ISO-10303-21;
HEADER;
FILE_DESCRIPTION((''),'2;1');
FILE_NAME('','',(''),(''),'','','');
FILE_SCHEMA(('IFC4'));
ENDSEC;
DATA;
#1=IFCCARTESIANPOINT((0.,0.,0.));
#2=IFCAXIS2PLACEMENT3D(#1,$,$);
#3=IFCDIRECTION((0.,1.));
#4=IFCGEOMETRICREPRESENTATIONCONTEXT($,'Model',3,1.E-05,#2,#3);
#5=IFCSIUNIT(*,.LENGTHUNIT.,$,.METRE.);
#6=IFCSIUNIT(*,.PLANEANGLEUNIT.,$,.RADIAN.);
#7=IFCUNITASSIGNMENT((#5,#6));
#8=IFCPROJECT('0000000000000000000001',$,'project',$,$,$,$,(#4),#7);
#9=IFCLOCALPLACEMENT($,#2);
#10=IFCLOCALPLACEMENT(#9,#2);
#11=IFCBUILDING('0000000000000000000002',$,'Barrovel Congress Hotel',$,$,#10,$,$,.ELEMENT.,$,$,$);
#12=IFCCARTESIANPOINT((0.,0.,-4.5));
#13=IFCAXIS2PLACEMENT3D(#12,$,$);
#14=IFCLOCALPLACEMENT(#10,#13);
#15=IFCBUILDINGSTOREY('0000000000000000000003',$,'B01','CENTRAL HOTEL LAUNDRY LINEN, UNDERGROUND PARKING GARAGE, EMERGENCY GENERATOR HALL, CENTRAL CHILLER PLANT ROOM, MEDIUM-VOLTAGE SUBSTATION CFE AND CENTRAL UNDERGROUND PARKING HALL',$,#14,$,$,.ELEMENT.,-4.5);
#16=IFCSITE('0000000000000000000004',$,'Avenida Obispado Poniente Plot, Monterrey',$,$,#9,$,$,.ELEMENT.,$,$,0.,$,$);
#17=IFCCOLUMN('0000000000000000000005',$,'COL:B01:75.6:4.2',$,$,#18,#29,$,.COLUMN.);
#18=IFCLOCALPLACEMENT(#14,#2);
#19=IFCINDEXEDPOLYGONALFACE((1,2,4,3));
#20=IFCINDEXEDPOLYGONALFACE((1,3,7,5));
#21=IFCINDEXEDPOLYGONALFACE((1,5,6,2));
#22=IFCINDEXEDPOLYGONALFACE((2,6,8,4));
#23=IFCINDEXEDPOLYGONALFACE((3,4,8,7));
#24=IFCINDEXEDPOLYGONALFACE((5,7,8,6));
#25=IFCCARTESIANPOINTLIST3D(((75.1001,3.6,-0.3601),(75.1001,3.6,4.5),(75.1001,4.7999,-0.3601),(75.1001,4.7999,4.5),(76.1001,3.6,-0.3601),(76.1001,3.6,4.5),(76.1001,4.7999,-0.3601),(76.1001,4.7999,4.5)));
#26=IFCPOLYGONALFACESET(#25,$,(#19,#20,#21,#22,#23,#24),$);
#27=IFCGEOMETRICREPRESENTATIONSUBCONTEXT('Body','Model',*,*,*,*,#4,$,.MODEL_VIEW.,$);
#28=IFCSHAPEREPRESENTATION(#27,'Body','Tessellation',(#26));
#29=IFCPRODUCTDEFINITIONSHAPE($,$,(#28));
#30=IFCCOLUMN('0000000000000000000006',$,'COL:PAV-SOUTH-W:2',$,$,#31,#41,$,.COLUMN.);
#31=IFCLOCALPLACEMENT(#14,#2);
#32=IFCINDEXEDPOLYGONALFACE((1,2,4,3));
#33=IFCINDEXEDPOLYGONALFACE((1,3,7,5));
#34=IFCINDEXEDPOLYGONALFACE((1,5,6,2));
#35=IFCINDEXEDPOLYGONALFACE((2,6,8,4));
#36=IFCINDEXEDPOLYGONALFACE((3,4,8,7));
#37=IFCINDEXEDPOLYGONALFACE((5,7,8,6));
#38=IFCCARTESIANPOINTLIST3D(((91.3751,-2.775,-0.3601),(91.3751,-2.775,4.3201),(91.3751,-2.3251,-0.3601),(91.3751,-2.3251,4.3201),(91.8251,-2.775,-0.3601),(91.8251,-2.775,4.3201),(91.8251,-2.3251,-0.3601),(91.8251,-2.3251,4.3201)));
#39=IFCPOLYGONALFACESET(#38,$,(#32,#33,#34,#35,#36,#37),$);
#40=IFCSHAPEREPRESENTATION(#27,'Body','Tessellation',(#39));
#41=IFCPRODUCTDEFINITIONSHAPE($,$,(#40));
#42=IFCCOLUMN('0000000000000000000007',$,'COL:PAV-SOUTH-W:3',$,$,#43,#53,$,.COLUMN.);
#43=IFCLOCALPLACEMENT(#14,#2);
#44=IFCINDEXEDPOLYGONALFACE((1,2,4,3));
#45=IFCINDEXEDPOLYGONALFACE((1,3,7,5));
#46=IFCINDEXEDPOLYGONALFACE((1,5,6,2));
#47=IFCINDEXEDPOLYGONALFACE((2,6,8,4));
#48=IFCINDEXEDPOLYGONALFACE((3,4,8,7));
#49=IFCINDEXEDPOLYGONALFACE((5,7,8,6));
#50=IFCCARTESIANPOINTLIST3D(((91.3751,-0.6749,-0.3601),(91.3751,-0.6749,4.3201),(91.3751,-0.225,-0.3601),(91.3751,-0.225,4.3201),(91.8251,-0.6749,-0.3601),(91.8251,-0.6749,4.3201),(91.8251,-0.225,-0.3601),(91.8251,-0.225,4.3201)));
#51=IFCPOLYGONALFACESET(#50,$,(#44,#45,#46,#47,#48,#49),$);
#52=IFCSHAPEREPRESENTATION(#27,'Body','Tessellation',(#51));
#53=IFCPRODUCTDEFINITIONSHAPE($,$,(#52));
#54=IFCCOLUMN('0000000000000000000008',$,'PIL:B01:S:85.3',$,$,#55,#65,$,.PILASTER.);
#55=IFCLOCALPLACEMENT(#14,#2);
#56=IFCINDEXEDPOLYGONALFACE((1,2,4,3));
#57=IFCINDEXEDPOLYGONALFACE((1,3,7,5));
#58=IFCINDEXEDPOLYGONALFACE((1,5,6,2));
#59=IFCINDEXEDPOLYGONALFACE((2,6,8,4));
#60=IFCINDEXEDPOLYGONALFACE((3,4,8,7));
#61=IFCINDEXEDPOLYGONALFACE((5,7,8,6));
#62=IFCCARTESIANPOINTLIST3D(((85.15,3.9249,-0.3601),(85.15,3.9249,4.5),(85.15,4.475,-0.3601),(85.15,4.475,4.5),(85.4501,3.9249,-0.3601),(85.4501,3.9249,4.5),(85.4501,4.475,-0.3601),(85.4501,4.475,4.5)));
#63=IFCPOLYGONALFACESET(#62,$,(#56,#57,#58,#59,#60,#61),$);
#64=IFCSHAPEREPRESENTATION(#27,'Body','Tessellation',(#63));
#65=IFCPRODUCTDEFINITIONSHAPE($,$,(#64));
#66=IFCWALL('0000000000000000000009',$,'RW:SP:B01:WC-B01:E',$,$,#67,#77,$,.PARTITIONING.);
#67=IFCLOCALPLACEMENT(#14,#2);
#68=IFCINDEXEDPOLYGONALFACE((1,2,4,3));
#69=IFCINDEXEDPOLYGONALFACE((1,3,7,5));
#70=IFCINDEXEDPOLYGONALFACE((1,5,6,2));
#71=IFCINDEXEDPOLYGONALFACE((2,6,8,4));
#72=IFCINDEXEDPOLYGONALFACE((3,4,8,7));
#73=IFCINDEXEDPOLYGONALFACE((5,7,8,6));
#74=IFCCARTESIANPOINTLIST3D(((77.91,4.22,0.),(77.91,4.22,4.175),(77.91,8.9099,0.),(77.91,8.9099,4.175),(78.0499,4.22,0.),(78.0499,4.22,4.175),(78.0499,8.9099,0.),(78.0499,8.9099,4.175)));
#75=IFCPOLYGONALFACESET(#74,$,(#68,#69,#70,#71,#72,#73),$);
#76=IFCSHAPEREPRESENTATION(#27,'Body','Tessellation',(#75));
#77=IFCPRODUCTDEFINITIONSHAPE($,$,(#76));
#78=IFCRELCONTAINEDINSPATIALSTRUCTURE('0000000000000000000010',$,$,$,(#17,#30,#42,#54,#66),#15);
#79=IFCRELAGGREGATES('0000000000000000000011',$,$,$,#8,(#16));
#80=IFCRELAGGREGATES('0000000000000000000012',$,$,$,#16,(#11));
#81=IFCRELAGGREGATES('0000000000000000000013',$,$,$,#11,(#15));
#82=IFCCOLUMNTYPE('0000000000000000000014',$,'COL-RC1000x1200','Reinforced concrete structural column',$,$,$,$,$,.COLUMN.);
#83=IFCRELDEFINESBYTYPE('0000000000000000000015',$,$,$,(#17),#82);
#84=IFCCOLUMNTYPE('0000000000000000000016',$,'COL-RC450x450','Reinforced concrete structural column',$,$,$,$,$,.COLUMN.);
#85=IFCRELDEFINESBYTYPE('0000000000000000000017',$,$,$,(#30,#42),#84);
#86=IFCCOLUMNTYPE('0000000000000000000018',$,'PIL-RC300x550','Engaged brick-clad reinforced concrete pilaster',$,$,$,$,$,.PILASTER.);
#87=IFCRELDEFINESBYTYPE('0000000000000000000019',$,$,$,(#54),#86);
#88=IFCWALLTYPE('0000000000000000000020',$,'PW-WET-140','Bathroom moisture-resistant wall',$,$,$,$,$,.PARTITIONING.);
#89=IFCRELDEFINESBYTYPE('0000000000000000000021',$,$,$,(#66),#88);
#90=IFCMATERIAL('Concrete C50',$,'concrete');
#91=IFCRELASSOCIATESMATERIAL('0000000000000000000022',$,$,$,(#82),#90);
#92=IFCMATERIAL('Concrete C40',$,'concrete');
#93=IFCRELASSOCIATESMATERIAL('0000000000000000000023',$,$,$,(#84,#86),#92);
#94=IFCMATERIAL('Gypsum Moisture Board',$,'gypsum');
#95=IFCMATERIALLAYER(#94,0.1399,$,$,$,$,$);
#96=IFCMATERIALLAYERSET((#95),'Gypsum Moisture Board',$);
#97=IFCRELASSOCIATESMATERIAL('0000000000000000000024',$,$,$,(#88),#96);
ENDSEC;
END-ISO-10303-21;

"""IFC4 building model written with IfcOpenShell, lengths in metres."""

from ifc_helpers import new_model, si_unit, direction, frame, frame_2d, origin, origin_2d, place, context, subcontext, project, spatial, rectangle, extrude, material, layer, layer_set, material_profile, profile_set, type_object, element, save


model = new_model("IFC4")

# Units and contexts
model_context = context("Model", 3, precision=1e-05, world=origin(), true_north=direction((0.0, 1.0)))
body_context = subcontext(model_context, "Body", "Model", "MODEL_VIEW")
ifc_project = project(units=[si_unit("LENGTHUNIT", "METRE"), si_unit("PLANEANGLEUNIT", "RADIAN")], contexts=[model_context])

# Site, building, storey
site_placement = place(None, origin())
site = spatial("IfcSite", under=ifc_project, at=site_placement, Name="Avenida Obispado Poniente Plot, Monterrey", CompositionType="ELEMENT", RefElevation=0.0)
building_placement = place(site_placement, origin())
building = spatial("IfcBuilding", under=site, at=building_placement, Name="Barrovel Congress Hotel", CompositionType="ELEMENT")
storey_placement = place(building_placement, frame((0.0, 0.0, -4.5)))
storey = spatial("IfcBuildingStorey", under=building, at=storey_placement, Name="B01", Description="CENTRAL HOTEL LAUNDRY LINEN, UNDERGROUND PARKING GARAGE, EMERGENCY GENERATOR HALL, CENTRAL CHILLER PLANT ROOM, MEDIUM-VOLTAGE SUBSTATION CFE AND CENTRAL UNDERGROUND PARKING HALL", CompositionType="ELEMENT", Elevation=-4.5)

# Shared definitions
ifc_material_1 = material(Name="Concrete C40", Category="concrete")

# Columns
ifc_material_2 = material(Name="Concrete C50", Category="concrete")
ifc_material_profile_1 = material_profile(ifc_material_2, rectangle(XDim=1.0, YDim=1.2, at=origin_2d()), Name="RC1000x1200")
ifc_profile_set_1 = profile_set([ifc_material_profile_1], Name="Concrete C50")
column_type_1 = type_object("IfcColumnType", Name="COL-RC1000x1200", Description="Reinforced concrete structural column", PredefinedType="COLUMN", material=ifc_profile_set_1)
column_1_placement = place(storey_placement, frame((75.6001, 4.2, -0.3601), z_axis=(0.0, 0.0, 1.0), x_axis=(1.0, 0.0, 0.0)))
element("IfcColumn", 1, at=column_1_placement, inside=storey, type_object=column_type_1, Name="COL:B01:75.6:4.2", PredefinedType="COLUMN", context=body_context, shape_type="SweptSolid", body=[
    extrude(rectangle(XDim=1.0, YDim=1.2, at=origin_2d()), origin(), (0.0, 0.0, 1.0), 4.8601),
])
ifc_material_profile_2 = material_profile(ifc_material_1, rectangle(XDim=0.45, YDim=0.45, at=origin_2d()), Name="RC450x450")
ifc_profile_set_2 = profile_set([ifc_material_profile_2], Name="Concrete C40")
column_type_2 = type_object("IfcColumnType", Name="COL-RC450x450", Description="Reinforced concrete structural column", PredefinedType="COLUMN", material=ifc_profile_set_2)
for number, where, z_axis, x_axis, name in (
    (2, (91.6001, -2.55, -0.3601), (0.0, 0.0, 1.0), (1.0, 0.0, 0.0), "COL:PAV-SOUTH-W:2"),
    (3, (91.6001, -0.45, -0.3601), (0.0, 0.0, 1.0), (1.0, 0.0, 0.0), "COL:PAV-SOUTH-W:3"),
):
    element("IfcColumn", number, at=place(storey_placement, frame(where, z_axis=z_axis, x_axis=x_axis)), inside=storey, type_object=column_type_2, Name=name, PredefinedType="COLUMN", context=body_context, shape_type="SweptSolid", body=[
        extrude(rectangle(XDim=0.45, YDim=0.45, at=origin_2d()), origin(), (0.0, 0.0, 1.0), 4.6802),
    ])
ifc_material_profile_3 = material_profile(ifc_material_1, rectangle(XDim=0.3, YDim=0.55, at=origin_2d()), Name="RC300x550")
ifc_profile_set_3 = profile_set([ifc_material_profile_3], Name="Concrete C40")
column_type_3 = type_object("IfcColumnType", Name="PIL-RC300x550", Description="Engaged brick-clad reinforced concrete pilaster", PredefinedType="PILASTER", material=ifc_profile_set_3)
column_2_placement = place(storey_placement, frame((85.3, 4.2, -0.3601), z_axis=(0.0, 0.0, 1.0), x_axis=(1.0, 0.0, 0.0)))
element("IfcColumn", 4, at=column_2_placement, inside=storey, type_object=column_type_3, Name="PIL:B01:S:85.3", PredefinedType="PILASTER", context=body_context, shape_type="SweptSolid", body=[
    extrude(rectangle(XDim=0.3, YDim=0.55, at=origin_2d()), origin(), (0.0, 0.0, 1.0), 4.8601),
])

# Wall
ifc_material_3 = material(Name="Gypsum Moisture Board", Category="gypsum")
ifc_layer = layer(ifc_material_3, 0.1399)
ifc_layer_set = layer_set([ifc_layer], Name="Gypsum Moisture Board")
wall_type = type_object("IfcWallType", Name="PW-WET-140", Description="Bathroom moisture-resistant wall", PredefinedType="PARTITIONING", material=ifc_layer_set)
wall_placement = place(storey_placement, frame((77.98, 4.22, 0.0), z_axis=(0.0, 0.0, 1.0), x_axis=(0.0, 1.0, 0.0)))
element("IfcWall", 5, at=wall_placement, inside=storey, type_object=wall_type, Name="RW:SP:B01:WC-B01:E", PredefinedType="PARTITIONING", context=body_context, shape_type="SweptSolid", body=[
    extrude(rectangle(XDim=4.6899, YDim=0.1399, at=frame_2d((2.345, 0.0))), origin(), (0.0, 0.0, 1.0), 4.175),
])

save(model, "model.ifc")
